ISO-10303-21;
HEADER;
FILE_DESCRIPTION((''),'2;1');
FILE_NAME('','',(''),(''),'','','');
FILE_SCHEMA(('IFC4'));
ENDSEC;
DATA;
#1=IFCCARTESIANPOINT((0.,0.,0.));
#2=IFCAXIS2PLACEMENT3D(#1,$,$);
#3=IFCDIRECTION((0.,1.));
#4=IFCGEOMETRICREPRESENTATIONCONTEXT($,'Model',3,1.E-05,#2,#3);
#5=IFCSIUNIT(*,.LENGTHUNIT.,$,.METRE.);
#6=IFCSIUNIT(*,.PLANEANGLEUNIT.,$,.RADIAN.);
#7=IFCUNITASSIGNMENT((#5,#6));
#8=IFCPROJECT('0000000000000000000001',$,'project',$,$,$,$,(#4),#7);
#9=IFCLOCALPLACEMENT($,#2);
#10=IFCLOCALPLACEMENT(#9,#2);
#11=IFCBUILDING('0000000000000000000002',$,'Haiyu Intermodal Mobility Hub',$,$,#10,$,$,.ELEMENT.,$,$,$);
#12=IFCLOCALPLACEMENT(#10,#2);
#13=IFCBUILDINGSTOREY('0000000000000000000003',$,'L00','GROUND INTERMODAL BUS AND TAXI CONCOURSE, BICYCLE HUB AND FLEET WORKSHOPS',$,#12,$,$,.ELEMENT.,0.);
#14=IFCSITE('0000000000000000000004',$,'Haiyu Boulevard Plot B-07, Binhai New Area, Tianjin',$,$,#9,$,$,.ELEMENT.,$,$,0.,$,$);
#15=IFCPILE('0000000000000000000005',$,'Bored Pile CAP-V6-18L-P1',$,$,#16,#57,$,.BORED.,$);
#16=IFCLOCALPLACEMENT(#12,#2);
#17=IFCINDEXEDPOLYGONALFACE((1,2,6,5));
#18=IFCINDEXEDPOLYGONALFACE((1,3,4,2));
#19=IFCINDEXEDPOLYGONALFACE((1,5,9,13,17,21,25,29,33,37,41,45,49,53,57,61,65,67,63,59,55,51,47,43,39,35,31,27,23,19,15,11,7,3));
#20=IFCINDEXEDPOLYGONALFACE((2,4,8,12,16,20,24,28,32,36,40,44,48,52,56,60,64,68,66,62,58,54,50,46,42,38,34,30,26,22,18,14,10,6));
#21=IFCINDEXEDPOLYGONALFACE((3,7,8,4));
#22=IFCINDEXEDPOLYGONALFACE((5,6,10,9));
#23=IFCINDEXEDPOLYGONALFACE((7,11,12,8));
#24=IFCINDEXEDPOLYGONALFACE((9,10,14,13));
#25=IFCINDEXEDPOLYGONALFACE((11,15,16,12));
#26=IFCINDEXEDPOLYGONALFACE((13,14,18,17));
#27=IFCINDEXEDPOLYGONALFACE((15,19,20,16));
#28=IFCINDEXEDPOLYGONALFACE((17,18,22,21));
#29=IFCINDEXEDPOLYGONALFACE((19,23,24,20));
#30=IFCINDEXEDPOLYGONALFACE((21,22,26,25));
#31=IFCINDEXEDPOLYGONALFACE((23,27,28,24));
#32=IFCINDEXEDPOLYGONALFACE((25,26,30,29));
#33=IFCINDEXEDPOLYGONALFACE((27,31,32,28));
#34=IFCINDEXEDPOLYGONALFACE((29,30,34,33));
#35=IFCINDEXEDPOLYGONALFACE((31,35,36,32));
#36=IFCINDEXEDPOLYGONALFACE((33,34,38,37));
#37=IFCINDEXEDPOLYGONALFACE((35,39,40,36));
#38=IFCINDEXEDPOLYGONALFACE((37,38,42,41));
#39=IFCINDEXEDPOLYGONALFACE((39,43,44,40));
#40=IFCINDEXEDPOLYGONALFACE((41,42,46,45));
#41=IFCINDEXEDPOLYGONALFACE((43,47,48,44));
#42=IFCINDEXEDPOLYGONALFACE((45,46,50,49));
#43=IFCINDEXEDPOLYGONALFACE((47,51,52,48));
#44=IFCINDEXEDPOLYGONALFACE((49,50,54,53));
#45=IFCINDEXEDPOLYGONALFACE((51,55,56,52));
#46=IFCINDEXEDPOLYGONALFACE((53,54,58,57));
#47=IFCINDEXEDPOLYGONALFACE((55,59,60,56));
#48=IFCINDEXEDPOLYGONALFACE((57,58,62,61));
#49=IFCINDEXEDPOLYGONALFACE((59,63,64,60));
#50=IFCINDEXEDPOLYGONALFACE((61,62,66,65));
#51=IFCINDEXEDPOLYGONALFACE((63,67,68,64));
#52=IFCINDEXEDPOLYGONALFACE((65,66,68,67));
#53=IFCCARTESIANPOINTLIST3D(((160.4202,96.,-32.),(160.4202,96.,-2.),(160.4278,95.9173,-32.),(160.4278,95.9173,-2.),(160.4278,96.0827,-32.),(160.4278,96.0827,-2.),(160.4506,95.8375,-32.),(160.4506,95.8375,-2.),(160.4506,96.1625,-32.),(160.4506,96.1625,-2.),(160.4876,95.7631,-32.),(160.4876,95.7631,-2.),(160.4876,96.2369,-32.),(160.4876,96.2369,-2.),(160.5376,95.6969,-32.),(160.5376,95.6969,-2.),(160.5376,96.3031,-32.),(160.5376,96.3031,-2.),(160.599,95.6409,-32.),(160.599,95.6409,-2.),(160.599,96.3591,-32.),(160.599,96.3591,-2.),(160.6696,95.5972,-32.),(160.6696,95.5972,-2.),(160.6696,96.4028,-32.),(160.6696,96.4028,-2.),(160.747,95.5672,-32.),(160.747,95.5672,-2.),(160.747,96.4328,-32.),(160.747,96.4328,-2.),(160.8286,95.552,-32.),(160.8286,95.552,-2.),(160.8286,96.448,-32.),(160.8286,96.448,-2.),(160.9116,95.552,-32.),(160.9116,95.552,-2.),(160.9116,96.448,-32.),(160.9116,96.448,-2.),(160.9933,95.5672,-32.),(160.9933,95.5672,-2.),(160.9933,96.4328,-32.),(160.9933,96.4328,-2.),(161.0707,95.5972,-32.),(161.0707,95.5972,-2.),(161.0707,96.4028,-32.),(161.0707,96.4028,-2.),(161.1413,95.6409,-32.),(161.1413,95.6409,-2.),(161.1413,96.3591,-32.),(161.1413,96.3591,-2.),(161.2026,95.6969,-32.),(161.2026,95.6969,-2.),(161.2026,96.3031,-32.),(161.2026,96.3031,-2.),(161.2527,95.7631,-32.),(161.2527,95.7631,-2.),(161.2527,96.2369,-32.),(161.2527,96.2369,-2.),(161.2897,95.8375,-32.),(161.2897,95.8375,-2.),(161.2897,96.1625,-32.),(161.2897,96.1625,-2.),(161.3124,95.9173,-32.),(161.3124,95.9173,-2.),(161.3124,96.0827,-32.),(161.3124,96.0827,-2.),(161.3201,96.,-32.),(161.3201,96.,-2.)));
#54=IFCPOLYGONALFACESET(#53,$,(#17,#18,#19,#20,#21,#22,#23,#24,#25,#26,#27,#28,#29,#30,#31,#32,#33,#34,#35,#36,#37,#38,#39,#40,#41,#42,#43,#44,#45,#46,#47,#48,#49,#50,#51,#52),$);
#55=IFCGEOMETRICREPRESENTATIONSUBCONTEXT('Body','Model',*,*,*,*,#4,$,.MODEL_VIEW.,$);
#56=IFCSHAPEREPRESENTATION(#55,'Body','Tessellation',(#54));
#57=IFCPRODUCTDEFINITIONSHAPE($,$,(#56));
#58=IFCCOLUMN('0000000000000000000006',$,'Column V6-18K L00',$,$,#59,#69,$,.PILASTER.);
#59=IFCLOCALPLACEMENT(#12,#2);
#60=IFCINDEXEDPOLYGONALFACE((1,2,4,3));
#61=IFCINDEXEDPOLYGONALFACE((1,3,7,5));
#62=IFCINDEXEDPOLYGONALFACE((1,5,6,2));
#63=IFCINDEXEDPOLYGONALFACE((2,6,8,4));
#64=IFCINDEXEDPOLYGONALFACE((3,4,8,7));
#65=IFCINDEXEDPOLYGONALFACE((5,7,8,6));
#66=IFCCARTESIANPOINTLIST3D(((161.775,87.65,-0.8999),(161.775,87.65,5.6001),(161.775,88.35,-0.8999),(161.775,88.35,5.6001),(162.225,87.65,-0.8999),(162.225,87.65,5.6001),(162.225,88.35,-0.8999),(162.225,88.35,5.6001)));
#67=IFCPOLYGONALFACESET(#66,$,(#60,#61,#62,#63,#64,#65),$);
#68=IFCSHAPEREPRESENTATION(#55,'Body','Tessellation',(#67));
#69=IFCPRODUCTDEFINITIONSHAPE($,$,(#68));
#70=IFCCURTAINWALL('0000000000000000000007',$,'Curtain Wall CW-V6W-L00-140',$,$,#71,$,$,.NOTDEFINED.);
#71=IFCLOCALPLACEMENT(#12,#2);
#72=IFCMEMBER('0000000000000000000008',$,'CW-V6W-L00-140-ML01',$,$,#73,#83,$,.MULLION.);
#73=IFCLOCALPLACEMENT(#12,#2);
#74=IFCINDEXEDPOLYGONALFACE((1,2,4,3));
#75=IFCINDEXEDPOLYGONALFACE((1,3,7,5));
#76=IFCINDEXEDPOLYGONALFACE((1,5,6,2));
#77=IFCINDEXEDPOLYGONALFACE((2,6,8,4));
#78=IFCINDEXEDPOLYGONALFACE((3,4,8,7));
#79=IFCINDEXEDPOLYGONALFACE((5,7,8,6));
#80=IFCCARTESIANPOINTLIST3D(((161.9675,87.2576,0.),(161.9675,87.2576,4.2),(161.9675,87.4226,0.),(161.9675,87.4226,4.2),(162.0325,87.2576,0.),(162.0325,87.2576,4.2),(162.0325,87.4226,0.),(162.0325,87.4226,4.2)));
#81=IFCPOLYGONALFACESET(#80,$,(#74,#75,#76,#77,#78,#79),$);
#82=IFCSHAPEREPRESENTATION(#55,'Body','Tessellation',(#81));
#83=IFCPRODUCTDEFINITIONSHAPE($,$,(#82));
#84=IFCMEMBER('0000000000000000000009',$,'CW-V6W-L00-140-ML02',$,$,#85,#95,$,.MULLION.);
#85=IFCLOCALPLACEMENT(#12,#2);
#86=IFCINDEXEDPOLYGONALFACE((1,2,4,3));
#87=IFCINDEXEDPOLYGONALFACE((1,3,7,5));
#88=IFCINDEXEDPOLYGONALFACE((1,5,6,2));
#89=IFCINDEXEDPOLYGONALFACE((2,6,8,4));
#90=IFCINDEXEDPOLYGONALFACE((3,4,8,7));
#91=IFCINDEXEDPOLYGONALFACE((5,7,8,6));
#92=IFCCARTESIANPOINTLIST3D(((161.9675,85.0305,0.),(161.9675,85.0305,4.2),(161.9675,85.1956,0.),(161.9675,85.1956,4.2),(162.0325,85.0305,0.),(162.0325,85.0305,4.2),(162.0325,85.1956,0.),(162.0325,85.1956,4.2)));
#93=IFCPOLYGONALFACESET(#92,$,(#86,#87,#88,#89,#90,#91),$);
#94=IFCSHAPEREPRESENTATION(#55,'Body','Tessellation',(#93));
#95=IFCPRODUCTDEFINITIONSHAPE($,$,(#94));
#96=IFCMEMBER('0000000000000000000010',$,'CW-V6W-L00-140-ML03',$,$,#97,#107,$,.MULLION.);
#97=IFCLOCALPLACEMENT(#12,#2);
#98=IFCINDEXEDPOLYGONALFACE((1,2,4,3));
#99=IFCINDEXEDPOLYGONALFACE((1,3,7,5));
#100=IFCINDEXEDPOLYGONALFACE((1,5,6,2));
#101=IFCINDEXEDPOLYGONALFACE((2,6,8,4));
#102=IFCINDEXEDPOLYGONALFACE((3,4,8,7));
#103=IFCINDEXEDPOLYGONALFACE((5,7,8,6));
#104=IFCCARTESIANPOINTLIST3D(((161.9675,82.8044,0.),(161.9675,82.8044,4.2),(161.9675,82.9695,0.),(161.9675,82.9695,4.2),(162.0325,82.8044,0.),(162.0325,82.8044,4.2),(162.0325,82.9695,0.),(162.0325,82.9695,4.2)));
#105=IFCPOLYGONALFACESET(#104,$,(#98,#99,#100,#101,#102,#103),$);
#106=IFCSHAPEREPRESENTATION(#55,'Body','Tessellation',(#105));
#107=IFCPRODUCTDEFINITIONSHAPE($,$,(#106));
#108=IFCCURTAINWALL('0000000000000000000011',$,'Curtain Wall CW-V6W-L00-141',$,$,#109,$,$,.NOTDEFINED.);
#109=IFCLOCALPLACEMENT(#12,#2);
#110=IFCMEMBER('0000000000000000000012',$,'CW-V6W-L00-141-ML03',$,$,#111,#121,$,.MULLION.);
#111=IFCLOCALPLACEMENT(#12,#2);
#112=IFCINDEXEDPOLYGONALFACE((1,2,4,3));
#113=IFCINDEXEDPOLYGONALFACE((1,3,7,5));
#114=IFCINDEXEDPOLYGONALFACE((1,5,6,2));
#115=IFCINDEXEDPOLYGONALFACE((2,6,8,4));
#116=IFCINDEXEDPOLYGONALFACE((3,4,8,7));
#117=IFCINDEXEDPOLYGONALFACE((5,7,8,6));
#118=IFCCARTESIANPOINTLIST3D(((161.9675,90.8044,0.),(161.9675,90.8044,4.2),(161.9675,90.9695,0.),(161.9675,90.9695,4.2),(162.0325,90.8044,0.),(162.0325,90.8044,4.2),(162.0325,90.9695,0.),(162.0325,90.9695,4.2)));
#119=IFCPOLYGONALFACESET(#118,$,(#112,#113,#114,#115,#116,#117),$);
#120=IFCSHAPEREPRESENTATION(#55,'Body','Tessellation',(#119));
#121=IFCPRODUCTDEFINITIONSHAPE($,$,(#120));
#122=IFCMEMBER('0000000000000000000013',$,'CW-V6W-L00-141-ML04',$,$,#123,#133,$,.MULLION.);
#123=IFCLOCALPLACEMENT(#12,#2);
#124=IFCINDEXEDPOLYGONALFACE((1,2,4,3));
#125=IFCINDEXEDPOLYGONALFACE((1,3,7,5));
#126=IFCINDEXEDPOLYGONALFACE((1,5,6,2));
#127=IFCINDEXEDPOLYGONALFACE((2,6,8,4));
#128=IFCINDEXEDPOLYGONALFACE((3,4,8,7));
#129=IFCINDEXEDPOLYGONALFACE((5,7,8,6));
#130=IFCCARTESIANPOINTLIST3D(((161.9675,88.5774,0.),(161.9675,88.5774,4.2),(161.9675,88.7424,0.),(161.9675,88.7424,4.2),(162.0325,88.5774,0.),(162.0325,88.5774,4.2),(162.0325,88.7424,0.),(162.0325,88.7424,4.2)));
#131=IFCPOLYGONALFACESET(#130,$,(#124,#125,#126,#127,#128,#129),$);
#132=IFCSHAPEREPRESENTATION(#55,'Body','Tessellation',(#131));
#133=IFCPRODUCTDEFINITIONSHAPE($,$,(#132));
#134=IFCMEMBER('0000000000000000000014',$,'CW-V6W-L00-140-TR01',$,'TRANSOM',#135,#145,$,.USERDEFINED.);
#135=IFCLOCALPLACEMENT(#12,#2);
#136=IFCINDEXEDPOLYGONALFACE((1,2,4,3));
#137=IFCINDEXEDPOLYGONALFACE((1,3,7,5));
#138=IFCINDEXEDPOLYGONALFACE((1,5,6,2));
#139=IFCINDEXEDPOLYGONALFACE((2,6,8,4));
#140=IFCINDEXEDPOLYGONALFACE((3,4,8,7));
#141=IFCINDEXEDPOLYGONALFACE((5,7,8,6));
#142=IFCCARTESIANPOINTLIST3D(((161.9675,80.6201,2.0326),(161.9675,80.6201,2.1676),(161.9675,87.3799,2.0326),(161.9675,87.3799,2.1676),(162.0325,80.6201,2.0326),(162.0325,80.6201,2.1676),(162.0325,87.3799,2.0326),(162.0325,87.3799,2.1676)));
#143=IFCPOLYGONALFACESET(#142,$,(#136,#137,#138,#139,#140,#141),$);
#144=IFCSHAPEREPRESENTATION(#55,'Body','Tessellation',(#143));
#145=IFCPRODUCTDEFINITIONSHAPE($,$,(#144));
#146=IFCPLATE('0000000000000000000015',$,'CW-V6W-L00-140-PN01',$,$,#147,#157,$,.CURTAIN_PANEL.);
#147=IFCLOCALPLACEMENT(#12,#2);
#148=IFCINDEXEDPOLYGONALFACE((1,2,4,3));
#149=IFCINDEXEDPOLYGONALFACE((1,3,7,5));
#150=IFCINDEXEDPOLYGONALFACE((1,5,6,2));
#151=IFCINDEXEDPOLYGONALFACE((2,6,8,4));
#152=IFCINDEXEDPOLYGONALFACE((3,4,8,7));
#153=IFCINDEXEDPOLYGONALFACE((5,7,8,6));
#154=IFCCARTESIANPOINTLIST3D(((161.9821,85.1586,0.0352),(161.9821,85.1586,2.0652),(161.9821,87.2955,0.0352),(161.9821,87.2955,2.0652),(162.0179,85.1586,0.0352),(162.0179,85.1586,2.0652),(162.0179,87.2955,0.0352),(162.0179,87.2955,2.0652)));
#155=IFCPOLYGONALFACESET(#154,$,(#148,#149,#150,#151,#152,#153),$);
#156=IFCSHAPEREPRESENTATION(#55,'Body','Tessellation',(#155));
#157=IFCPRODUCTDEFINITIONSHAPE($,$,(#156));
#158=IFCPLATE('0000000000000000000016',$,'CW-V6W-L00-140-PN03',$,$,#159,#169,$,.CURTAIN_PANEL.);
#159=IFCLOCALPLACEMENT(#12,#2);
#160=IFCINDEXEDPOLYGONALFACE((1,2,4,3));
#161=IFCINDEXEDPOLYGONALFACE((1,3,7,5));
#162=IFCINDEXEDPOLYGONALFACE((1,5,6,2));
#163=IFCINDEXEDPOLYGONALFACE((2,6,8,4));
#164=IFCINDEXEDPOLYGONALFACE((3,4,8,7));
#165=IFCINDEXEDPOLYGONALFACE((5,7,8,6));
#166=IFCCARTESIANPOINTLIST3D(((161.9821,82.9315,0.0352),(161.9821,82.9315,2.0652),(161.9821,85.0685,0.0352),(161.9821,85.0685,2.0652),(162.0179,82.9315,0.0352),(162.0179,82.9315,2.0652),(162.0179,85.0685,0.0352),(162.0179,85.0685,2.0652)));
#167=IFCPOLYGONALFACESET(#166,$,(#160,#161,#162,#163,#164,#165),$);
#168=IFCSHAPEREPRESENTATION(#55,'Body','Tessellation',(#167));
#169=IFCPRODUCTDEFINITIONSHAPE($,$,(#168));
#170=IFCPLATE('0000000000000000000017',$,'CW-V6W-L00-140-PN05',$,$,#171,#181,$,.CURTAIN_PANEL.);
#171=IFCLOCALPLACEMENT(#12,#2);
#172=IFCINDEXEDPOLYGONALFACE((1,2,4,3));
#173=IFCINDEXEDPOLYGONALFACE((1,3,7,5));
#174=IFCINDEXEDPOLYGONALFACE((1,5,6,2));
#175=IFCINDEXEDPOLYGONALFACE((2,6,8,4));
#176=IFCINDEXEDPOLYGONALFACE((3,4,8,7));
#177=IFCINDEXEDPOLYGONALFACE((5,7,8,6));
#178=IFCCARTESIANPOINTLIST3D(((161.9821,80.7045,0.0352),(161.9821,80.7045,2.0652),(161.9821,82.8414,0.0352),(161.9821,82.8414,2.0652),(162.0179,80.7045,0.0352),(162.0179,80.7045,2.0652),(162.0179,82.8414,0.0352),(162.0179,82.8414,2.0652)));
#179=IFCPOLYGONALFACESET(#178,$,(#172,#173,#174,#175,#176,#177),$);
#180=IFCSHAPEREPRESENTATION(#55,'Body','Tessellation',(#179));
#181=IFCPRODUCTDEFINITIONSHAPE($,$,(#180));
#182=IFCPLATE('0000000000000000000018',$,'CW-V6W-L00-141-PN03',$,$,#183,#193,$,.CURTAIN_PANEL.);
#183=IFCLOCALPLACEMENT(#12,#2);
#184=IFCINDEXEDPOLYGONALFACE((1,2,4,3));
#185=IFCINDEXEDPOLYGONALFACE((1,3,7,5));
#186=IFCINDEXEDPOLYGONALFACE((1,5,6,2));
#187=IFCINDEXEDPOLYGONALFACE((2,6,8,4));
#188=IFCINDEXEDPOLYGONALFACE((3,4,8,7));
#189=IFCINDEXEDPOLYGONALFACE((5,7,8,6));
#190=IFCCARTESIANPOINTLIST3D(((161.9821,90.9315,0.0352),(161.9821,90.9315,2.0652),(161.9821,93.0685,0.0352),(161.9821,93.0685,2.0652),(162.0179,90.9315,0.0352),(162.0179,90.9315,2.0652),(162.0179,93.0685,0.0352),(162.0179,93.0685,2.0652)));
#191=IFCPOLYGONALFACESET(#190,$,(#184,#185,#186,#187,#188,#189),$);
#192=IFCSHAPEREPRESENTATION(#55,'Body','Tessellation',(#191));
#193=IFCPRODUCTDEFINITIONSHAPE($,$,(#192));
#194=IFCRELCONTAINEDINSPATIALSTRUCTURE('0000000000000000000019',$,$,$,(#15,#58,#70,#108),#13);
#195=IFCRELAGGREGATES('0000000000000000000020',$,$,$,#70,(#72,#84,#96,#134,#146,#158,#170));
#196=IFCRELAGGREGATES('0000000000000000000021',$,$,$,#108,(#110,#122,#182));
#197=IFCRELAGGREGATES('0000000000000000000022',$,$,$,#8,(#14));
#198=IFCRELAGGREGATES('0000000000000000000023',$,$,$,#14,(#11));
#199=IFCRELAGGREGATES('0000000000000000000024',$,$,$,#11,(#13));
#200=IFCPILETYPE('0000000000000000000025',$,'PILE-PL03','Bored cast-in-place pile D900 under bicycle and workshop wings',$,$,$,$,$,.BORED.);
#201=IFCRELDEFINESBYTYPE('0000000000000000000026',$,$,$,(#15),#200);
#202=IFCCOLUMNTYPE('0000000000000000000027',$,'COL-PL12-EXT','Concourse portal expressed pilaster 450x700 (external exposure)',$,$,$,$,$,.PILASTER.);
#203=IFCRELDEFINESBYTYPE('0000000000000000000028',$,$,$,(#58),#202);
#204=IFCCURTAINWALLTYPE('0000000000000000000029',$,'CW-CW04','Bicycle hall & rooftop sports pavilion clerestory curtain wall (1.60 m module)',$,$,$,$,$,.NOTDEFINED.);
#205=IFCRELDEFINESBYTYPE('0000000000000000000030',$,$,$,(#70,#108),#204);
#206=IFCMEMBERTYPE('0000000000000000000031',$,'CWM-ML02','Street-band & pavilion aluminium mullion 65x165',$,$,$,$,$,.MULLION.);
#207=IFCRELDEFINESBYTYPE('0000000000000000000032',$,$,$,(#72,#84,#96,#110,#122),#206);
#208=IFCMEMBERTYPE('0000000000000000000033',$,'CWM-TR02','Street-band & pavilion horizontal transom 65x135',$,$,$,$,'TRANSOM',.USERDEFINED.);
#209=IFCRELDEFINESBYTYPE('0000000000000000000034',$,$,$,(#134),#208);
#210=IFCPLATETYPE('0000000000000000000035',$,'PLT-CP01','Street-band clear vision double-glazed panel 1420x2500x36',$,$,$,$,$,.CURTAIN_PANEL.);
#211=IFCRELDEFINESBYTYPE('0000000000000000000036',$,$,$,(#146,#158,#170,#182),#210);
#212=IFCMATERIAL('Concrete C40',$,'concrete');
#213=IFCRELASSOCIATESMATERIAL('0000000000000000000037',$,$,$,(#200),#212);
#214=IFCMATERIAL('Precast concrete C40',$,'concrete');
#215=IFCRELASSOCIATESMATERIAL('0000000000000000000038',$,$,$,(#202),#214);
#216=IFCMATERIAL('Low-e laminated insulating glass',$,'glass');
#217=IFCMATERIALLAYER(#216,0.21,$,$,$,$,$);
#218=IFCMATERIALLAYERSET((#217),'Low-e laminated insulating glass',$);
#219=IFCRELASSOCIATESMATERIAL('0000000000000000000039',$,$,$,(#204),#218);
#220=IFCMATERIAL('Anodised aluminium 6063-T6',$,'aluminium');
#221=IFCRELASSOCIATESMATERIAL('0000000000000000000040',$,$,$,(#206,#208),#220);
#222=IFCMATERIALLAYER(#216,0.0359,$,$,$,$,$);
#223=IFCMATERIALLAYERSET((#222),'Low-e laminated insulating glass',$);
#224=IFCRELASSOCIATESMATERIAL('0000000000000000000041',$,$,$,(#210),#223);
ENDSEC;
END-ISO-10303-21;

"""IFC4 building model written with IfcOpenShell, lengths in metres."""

from ifc_helpers import new_model, si_unit, direction, frame, origin, origin_2d, place, context, subcontext, project, spatial, rectangle, circle, extrude, material, layer, layer_set, material_profile, profile_set, type_object, element, aggregate, save


model = new_model("IFC4")

# Units and contexts
model_context = context("Model", 3, precision=1e-05, world=origin(), true_north=direction((0.0, 1.0)))
body_context = subcontext(model_context, "Body", "Model", "MODEL_VIEW")
ifc_project = project(units=[si_unit("LENGTHUNIT", "METRE"), si_unit("PLANEANGLEUNIT", "RADIAN")], contexts=[model_context])

# Site, building, storey
site_placement = place(None, origin())
site = spatial("IfcSite", under=ifc_project, at=site_placement, Name="Haiyu Boulevard Plot B-07, Binhai New Area, Tianjin", CompositionType="ELEMENT", RefElevation=0.0)
building_placement = place(site_placement, origin())
building = spatial("IfcBuilding", under=site, at=building_placement, Name="Haiyu Intermodal Mobility Hub", CompositionType="ELEMENT")
storey_placement = place(building_placement, origin())
storey = spatial("IfcBuildingStorey", under=building, at=storey_placement, Name="L00", Description="GROUND INTERMODAL BUS AND TAXI CONCOURSE, BICYCLE HUB AND FLEET WORKSHOPS", CompositionType="ELEMENT", Elevation=0.0)

# Shared definitions
ifc_material_1 = material(Name="Concrete C40", Category="concrete")

# Pile
ifc_material_profile_1 = material_profile(ifc_material_1, circle(Radius=0.45, at=origin_2d()), Name="PILE-D900")
ifc_profile_set_1 = profile_set([ifc_material_profile_1], Name="Concrete C40")
pile_type_1 = type_object("IfcPileType", Name="PILE-PL03", Description="Bored cast-in-place pile D900 under bicycle and workshop wings", PredefinedType="BORED", material=ifc_profile_set_1)
for number, where, z_axis, x_axis, name in (
    (1, (160.8701, 96.0, -2.0), (0.0, 0.0, -1.0), (1.0, 0.0, 0.0), "Bored Pile CAP-V6-18L-P1"),
):
    element("IfcPile", number, at=place(storey_placement, frame(where, z_axis=z_axis, x_axis=x_axis)), inside=storey, type_object=pile_type_1, Name=name, PredefinedType="BORED", context=body_context, shape_type="SweptSolid", body=[
        extrude(circle(Radius=0.45, at=origin_2d()), origin(), (0.0, 0.0, 1.0), 30.0),
    ])

# Column
ifc_material_2 = material(Name="Precast concrete C40", Category="concrete")
ifc_material_profile_2 = material_profile(ifc_material_2, rectangle(XDim=0.45, YDim=0.7, at=origin_2d()), Name="RC450x700")
ifc_profile_set_2 = profile_set([ifc_material_profile_2], Name="Precast concrete C40")
column_type = type_object("IfcColumnType", Name="COL-PL12-EXT", Description="Concourse portal expressed pilaster 450x700 (external exposure)", PredefinedType="PILASTER", material=ifc_profile_set_2)
column_placement = place(storey_placement, frame((162.0, 88.0, -0.8999), z_axis=(0.0, 0.0, 1.0), x_axis=(1.0, 0.0, 0.0)))
element("IfcColumn", 2, at=column_placement, inside=storey, type_object=column_type, Name="Column V6-18K L00", PredefinedType="PILASTER", context=body_context, shape_type="SweptSolid", body=[
    extrude(rectangle(XDim=0.45, YDim=0.7, at=origin_2d()), origin(), (0.0, 0.0, 1.0), 6.5),
])

# Curtain walls, members
ifc_material_3 = material(Name="Low-e laminated insulating glass", Category="glass")
ifc_layer_1 = layer(ifc_material_3, 0.21)
ifc_layer_set_1 = layer_set([ifc_layer_1], Name="Low-e laminated insulating glass")
curtain_wall_type = type_object("IfcCurtainWallType", Name="CW-CW04", Description="Bicycle hall & rooftop sports pavilion clerestory curtain wall (1.60 m module)", PredefinedType="NOTDEFINED", material=ifc_layer_set_1)
curtain_wall_1_placement = place(storey_placement, origin())
curtain_wall_1 = element("IfcCurtainWall", 3, at=curtain_wall_1_placement, inside=storey, type_object=curtain_wall_type, Name="Curtain Wall CW-V6W-L00-140", PredefinedType="NOTDEFINED")
ifc_material_4 = material(Name="Anodised aluminium 6063-T6", Category="aluminium")
ifc_material_profile_3 = material_profile(ifc_material_4, rectangle(XDim=0.0649, YDim=0.165, at=origin_2d()), Name="ALU65x165")
ifc_profile_set_3 = profile_set([ifc_material_profile_3], Name="Anodised aluminium 6063-T6")
member_type_1 = type_object("IfcMemberType", Name="CWM-ML02", Description="Street-band & pavilion aluminium mullion 65x165", PredefinedType="MULLION", material=ifc_profile_set_3)
member_1_placement = place(storey_placement, frame((162.0, 87.3401, 0.0), z_axis=(0.0, 0.0, 1.0), x_axis=(1.0, 0.0, 0.0)))
member_1 = element("IfcMember", 4, at=member_1_placement, type_object=member_type_1, Name="CW-V6W-L00-140-ML01", PredefinedType="MULLION", context=body_context, shape_type="SweptSolid", body=[
    extrude(rectangle(XDim=0.0649, YDim=0.165, at=origin_2d()), origin(), (0.0, 0.0, 1.0), 4.2),
])
member_2_placement = place(storey_placement, frame((162.0, 85.113, 0.0), z_axis=(0.0, 0.0, 1.0), x_axis=(1.0, 0.0, 0.0)))
member_2 = element("IfcMember", 5, at=member_2_placement, type_object=member_type_1, Name="CW-V6W-L00-140-ML02", PredefinedType="MULLION", context=body_context, shape_type="SweptSolid", body=[
    extrude(rectangle(XDim=0.0649, YDim=0.165, at=origin_2d()), origin(), (0.0, 0.0, 1.0), 4.2),
])
member_3_placement = place(storey_placement, frame((162.0, 82.887, 0.0), z_axis=(0.0, 0.0, 1.0), x_axis=(1.0, 0.0, 0.0)))
member_3 = element("IfcMember", 6, at=member_3_placement, type_object=member_type_1, Name="CW-V6W-L00-140-ML03", PredefinedType="MULLION", context=body_context, shape_type="SweptSolid", body=[
    extrude(rectangle(XDim=0.0649, YDim=0.165, at=origin_2d()), origin(), (0.0, 0.0, 1.0), 4.2),
])
curtain_wall_2_placement = place(storey_placement, origin())
curtain_wall_2 = element("IfcCurtainWall", 7, at=curtain_wall_2_placement, inside=storey, type_object=curtain_wall_type, Name="Curtain Wall CW-V6W-L00-141", PredefinedType="NOTDEFINED")
member_4_placement = place(storey_placement, frame((162.0, 90.887, 0.0), z_axis=(0.0, 0.0, 1.0), x_axis=(1.0, 0.0, 0.0)))
member_4 = element("IfcMember", 8, at=member_4_placement, type_object=member_type_1, Name="CW-V6W-L00-141-ML03", PredefinedType="MULLION", context=body_context, shape_type="SweptSolid", body=[
    extrude(rectangle(XDim=0.0649, YDim=0.165, at=origin_2d()), origin(), (0.0, 0.0, 1.0), 4.2),
])
member_5_placement = place(storey_placement, frame((162.0, 88.6599, 0.0), z_axis=(0.0, 0.0, 1.0), x_axis=(1.0, 0.0, 0.0)))
member_5 = element("IfcMember", 9, at=member_5_placement, type_object=member_type_1, Name="CW-V6W-L00-141-ML04", PredefinedType="MULLION", context=body_context, shape_type="SweptSolid", body=[
    extrude(rectangle(XDim=0.0649, YDim=0.165, at=origin_2d()), origin(), (0.0, 0.0, 1.0), 4.2),
])

# Member
ifc_material_profile_4 = material_profile(ifc_material_4, rectangle(XDim=0.0649, YDim=0.135, at=origin_2d()), Name="ALU65x135")
ifc_profile_set_4 = profile_set([ifc_material_profile_4], Name="Anodised aluminium 6063-T6")
member_type_2 = type_object("IfcMemberType", Name="CWM-TR02", Description="Street-band & pavilion horizontal transom 65x135", ElementType="TRANSOM", PredefinedType="USERDEFINED", material=ifc_profile_set_4)
member_6_placement = place(storey_placement, frame((162.0, 87.3799, 2.1001), z_axis=(0.0, -1.0, 0.0), x_axis=(1.0, 0.0, 0.0)))
member_6 = element("IfcMember", 10, at=member_6_placement, type_object=member_type_2, Name="CW-V6W-L00-140-TR01", ObjectType="TRANSOM", PredefinedType="USERDEFINED", context=body_context, shape_type="SweptSolid", body=[
    extrude(rectangle(XDim=0.0649, YDim=0.135, at=origin_2d()), origin(), (0.0, 0.0, 1.0), 6.7598),
])

# Plates
ifc_layer_2 = layer(ifc_material_3, 0.0359)
ifc_layer_set_2 = layer_set([ifc_layer_2], Name="Low-e laminated insulating glass")
plate_type_1 = type_object("IfcPlateType", Name="PLT-CP01", Description="Street-band clear vision double-glazed panel 1420x2500x36", PredefinedType="CURTAIN_PANEL", material=ifc_layer_set_2)
plate_1_placement = place(storey_placement, frame((162.0, 86.2271, 0.0352), z_axis=(0.0, 0.0, 1.0), x_axis=(0.0, -1.0, 0.0)))
plate_1 = element("IfcPlate", 11, at=plate_1_placement, type_object=plate_type_1, Name="CW-V6W-L00-140-PN01", PredefinedType="CURTAIN_PANEL", context=body_context, shape_type="SweptSolid", body=[
    extrude(rectangle(XDim=2.137, YDim=0.0359, at=origin_2d()), origin(), (0.0, 0.0, 1.0), 2.03),
])
plate_2_placement = place(storey_placement, frame((162.0, 84.0, 0.0352), z_axis=(0.0, 0.0, 1.0), x_axis=(0.0, -1.0, 0.0)))
plate_2 = element("IfcPlate", 12, at=plate_2_placement, type_object=plate_type_1, Name="CW-V6W-L00-140-PN03", PredefinedType="CURTAIN_PANEL", context=body_context, shape_type="SweptSolid", body=[
    extrude(rectangle(XDim=2.137, YDim=0.0359, at=origin_2d()), origin(), (0.0, 0.0, 1.0), 2.03),
])
plate_3_placement = place(storey_placement, frame((162.0, 81.7729, 0.0352), z_axis=(0.0, 0.0, 1.0), x_axis=(0.0, -1.0, 0.0)))
plate_3 = element("IfcPlate", 13, at=plate_3_placement, type_object=plate_type_1, Name="CW-V6W-L00-140-PN05", PredefinedType="CURTAIN_PANEL", context=body_context, shape_type="SweptSolid", body=[
    extrude(rectangle(XDim=2.137, YDim=0.0359, at=origin_2d()), origin(), (0.0, 0.0, 1.0), 2.03),
])
plate_4_placement = place(storey_placement, frame((162.0, 92.0, 0.0352), z_axis=(0.0, 0.0, 1.0), x_axis=(0.0, -1.0, 0.0)))
plate_4 = element("IfcPlate", 14, at=plate_4_placement, type_object=plate_type_1, Name="CW-V6W-L00-141-PN03", PredefinedType="CURTAIN_PANEL", context=body_context, shape_type="SweptSolid", body=[
    extrude(rectangle(XDim=2.137, YDim=0.0359, at=origin_2d()), origin(), (0.0, 0.0, 1.0), 2.03),
])
aggregate(curtain_wall_1, [member_1, member_2, member_3, member_6, plate_1, plate_2, plate_3])
aggregate(curtain_wall_2, [member_4, member_5, plate_4])

save(model, "model.ifc")
